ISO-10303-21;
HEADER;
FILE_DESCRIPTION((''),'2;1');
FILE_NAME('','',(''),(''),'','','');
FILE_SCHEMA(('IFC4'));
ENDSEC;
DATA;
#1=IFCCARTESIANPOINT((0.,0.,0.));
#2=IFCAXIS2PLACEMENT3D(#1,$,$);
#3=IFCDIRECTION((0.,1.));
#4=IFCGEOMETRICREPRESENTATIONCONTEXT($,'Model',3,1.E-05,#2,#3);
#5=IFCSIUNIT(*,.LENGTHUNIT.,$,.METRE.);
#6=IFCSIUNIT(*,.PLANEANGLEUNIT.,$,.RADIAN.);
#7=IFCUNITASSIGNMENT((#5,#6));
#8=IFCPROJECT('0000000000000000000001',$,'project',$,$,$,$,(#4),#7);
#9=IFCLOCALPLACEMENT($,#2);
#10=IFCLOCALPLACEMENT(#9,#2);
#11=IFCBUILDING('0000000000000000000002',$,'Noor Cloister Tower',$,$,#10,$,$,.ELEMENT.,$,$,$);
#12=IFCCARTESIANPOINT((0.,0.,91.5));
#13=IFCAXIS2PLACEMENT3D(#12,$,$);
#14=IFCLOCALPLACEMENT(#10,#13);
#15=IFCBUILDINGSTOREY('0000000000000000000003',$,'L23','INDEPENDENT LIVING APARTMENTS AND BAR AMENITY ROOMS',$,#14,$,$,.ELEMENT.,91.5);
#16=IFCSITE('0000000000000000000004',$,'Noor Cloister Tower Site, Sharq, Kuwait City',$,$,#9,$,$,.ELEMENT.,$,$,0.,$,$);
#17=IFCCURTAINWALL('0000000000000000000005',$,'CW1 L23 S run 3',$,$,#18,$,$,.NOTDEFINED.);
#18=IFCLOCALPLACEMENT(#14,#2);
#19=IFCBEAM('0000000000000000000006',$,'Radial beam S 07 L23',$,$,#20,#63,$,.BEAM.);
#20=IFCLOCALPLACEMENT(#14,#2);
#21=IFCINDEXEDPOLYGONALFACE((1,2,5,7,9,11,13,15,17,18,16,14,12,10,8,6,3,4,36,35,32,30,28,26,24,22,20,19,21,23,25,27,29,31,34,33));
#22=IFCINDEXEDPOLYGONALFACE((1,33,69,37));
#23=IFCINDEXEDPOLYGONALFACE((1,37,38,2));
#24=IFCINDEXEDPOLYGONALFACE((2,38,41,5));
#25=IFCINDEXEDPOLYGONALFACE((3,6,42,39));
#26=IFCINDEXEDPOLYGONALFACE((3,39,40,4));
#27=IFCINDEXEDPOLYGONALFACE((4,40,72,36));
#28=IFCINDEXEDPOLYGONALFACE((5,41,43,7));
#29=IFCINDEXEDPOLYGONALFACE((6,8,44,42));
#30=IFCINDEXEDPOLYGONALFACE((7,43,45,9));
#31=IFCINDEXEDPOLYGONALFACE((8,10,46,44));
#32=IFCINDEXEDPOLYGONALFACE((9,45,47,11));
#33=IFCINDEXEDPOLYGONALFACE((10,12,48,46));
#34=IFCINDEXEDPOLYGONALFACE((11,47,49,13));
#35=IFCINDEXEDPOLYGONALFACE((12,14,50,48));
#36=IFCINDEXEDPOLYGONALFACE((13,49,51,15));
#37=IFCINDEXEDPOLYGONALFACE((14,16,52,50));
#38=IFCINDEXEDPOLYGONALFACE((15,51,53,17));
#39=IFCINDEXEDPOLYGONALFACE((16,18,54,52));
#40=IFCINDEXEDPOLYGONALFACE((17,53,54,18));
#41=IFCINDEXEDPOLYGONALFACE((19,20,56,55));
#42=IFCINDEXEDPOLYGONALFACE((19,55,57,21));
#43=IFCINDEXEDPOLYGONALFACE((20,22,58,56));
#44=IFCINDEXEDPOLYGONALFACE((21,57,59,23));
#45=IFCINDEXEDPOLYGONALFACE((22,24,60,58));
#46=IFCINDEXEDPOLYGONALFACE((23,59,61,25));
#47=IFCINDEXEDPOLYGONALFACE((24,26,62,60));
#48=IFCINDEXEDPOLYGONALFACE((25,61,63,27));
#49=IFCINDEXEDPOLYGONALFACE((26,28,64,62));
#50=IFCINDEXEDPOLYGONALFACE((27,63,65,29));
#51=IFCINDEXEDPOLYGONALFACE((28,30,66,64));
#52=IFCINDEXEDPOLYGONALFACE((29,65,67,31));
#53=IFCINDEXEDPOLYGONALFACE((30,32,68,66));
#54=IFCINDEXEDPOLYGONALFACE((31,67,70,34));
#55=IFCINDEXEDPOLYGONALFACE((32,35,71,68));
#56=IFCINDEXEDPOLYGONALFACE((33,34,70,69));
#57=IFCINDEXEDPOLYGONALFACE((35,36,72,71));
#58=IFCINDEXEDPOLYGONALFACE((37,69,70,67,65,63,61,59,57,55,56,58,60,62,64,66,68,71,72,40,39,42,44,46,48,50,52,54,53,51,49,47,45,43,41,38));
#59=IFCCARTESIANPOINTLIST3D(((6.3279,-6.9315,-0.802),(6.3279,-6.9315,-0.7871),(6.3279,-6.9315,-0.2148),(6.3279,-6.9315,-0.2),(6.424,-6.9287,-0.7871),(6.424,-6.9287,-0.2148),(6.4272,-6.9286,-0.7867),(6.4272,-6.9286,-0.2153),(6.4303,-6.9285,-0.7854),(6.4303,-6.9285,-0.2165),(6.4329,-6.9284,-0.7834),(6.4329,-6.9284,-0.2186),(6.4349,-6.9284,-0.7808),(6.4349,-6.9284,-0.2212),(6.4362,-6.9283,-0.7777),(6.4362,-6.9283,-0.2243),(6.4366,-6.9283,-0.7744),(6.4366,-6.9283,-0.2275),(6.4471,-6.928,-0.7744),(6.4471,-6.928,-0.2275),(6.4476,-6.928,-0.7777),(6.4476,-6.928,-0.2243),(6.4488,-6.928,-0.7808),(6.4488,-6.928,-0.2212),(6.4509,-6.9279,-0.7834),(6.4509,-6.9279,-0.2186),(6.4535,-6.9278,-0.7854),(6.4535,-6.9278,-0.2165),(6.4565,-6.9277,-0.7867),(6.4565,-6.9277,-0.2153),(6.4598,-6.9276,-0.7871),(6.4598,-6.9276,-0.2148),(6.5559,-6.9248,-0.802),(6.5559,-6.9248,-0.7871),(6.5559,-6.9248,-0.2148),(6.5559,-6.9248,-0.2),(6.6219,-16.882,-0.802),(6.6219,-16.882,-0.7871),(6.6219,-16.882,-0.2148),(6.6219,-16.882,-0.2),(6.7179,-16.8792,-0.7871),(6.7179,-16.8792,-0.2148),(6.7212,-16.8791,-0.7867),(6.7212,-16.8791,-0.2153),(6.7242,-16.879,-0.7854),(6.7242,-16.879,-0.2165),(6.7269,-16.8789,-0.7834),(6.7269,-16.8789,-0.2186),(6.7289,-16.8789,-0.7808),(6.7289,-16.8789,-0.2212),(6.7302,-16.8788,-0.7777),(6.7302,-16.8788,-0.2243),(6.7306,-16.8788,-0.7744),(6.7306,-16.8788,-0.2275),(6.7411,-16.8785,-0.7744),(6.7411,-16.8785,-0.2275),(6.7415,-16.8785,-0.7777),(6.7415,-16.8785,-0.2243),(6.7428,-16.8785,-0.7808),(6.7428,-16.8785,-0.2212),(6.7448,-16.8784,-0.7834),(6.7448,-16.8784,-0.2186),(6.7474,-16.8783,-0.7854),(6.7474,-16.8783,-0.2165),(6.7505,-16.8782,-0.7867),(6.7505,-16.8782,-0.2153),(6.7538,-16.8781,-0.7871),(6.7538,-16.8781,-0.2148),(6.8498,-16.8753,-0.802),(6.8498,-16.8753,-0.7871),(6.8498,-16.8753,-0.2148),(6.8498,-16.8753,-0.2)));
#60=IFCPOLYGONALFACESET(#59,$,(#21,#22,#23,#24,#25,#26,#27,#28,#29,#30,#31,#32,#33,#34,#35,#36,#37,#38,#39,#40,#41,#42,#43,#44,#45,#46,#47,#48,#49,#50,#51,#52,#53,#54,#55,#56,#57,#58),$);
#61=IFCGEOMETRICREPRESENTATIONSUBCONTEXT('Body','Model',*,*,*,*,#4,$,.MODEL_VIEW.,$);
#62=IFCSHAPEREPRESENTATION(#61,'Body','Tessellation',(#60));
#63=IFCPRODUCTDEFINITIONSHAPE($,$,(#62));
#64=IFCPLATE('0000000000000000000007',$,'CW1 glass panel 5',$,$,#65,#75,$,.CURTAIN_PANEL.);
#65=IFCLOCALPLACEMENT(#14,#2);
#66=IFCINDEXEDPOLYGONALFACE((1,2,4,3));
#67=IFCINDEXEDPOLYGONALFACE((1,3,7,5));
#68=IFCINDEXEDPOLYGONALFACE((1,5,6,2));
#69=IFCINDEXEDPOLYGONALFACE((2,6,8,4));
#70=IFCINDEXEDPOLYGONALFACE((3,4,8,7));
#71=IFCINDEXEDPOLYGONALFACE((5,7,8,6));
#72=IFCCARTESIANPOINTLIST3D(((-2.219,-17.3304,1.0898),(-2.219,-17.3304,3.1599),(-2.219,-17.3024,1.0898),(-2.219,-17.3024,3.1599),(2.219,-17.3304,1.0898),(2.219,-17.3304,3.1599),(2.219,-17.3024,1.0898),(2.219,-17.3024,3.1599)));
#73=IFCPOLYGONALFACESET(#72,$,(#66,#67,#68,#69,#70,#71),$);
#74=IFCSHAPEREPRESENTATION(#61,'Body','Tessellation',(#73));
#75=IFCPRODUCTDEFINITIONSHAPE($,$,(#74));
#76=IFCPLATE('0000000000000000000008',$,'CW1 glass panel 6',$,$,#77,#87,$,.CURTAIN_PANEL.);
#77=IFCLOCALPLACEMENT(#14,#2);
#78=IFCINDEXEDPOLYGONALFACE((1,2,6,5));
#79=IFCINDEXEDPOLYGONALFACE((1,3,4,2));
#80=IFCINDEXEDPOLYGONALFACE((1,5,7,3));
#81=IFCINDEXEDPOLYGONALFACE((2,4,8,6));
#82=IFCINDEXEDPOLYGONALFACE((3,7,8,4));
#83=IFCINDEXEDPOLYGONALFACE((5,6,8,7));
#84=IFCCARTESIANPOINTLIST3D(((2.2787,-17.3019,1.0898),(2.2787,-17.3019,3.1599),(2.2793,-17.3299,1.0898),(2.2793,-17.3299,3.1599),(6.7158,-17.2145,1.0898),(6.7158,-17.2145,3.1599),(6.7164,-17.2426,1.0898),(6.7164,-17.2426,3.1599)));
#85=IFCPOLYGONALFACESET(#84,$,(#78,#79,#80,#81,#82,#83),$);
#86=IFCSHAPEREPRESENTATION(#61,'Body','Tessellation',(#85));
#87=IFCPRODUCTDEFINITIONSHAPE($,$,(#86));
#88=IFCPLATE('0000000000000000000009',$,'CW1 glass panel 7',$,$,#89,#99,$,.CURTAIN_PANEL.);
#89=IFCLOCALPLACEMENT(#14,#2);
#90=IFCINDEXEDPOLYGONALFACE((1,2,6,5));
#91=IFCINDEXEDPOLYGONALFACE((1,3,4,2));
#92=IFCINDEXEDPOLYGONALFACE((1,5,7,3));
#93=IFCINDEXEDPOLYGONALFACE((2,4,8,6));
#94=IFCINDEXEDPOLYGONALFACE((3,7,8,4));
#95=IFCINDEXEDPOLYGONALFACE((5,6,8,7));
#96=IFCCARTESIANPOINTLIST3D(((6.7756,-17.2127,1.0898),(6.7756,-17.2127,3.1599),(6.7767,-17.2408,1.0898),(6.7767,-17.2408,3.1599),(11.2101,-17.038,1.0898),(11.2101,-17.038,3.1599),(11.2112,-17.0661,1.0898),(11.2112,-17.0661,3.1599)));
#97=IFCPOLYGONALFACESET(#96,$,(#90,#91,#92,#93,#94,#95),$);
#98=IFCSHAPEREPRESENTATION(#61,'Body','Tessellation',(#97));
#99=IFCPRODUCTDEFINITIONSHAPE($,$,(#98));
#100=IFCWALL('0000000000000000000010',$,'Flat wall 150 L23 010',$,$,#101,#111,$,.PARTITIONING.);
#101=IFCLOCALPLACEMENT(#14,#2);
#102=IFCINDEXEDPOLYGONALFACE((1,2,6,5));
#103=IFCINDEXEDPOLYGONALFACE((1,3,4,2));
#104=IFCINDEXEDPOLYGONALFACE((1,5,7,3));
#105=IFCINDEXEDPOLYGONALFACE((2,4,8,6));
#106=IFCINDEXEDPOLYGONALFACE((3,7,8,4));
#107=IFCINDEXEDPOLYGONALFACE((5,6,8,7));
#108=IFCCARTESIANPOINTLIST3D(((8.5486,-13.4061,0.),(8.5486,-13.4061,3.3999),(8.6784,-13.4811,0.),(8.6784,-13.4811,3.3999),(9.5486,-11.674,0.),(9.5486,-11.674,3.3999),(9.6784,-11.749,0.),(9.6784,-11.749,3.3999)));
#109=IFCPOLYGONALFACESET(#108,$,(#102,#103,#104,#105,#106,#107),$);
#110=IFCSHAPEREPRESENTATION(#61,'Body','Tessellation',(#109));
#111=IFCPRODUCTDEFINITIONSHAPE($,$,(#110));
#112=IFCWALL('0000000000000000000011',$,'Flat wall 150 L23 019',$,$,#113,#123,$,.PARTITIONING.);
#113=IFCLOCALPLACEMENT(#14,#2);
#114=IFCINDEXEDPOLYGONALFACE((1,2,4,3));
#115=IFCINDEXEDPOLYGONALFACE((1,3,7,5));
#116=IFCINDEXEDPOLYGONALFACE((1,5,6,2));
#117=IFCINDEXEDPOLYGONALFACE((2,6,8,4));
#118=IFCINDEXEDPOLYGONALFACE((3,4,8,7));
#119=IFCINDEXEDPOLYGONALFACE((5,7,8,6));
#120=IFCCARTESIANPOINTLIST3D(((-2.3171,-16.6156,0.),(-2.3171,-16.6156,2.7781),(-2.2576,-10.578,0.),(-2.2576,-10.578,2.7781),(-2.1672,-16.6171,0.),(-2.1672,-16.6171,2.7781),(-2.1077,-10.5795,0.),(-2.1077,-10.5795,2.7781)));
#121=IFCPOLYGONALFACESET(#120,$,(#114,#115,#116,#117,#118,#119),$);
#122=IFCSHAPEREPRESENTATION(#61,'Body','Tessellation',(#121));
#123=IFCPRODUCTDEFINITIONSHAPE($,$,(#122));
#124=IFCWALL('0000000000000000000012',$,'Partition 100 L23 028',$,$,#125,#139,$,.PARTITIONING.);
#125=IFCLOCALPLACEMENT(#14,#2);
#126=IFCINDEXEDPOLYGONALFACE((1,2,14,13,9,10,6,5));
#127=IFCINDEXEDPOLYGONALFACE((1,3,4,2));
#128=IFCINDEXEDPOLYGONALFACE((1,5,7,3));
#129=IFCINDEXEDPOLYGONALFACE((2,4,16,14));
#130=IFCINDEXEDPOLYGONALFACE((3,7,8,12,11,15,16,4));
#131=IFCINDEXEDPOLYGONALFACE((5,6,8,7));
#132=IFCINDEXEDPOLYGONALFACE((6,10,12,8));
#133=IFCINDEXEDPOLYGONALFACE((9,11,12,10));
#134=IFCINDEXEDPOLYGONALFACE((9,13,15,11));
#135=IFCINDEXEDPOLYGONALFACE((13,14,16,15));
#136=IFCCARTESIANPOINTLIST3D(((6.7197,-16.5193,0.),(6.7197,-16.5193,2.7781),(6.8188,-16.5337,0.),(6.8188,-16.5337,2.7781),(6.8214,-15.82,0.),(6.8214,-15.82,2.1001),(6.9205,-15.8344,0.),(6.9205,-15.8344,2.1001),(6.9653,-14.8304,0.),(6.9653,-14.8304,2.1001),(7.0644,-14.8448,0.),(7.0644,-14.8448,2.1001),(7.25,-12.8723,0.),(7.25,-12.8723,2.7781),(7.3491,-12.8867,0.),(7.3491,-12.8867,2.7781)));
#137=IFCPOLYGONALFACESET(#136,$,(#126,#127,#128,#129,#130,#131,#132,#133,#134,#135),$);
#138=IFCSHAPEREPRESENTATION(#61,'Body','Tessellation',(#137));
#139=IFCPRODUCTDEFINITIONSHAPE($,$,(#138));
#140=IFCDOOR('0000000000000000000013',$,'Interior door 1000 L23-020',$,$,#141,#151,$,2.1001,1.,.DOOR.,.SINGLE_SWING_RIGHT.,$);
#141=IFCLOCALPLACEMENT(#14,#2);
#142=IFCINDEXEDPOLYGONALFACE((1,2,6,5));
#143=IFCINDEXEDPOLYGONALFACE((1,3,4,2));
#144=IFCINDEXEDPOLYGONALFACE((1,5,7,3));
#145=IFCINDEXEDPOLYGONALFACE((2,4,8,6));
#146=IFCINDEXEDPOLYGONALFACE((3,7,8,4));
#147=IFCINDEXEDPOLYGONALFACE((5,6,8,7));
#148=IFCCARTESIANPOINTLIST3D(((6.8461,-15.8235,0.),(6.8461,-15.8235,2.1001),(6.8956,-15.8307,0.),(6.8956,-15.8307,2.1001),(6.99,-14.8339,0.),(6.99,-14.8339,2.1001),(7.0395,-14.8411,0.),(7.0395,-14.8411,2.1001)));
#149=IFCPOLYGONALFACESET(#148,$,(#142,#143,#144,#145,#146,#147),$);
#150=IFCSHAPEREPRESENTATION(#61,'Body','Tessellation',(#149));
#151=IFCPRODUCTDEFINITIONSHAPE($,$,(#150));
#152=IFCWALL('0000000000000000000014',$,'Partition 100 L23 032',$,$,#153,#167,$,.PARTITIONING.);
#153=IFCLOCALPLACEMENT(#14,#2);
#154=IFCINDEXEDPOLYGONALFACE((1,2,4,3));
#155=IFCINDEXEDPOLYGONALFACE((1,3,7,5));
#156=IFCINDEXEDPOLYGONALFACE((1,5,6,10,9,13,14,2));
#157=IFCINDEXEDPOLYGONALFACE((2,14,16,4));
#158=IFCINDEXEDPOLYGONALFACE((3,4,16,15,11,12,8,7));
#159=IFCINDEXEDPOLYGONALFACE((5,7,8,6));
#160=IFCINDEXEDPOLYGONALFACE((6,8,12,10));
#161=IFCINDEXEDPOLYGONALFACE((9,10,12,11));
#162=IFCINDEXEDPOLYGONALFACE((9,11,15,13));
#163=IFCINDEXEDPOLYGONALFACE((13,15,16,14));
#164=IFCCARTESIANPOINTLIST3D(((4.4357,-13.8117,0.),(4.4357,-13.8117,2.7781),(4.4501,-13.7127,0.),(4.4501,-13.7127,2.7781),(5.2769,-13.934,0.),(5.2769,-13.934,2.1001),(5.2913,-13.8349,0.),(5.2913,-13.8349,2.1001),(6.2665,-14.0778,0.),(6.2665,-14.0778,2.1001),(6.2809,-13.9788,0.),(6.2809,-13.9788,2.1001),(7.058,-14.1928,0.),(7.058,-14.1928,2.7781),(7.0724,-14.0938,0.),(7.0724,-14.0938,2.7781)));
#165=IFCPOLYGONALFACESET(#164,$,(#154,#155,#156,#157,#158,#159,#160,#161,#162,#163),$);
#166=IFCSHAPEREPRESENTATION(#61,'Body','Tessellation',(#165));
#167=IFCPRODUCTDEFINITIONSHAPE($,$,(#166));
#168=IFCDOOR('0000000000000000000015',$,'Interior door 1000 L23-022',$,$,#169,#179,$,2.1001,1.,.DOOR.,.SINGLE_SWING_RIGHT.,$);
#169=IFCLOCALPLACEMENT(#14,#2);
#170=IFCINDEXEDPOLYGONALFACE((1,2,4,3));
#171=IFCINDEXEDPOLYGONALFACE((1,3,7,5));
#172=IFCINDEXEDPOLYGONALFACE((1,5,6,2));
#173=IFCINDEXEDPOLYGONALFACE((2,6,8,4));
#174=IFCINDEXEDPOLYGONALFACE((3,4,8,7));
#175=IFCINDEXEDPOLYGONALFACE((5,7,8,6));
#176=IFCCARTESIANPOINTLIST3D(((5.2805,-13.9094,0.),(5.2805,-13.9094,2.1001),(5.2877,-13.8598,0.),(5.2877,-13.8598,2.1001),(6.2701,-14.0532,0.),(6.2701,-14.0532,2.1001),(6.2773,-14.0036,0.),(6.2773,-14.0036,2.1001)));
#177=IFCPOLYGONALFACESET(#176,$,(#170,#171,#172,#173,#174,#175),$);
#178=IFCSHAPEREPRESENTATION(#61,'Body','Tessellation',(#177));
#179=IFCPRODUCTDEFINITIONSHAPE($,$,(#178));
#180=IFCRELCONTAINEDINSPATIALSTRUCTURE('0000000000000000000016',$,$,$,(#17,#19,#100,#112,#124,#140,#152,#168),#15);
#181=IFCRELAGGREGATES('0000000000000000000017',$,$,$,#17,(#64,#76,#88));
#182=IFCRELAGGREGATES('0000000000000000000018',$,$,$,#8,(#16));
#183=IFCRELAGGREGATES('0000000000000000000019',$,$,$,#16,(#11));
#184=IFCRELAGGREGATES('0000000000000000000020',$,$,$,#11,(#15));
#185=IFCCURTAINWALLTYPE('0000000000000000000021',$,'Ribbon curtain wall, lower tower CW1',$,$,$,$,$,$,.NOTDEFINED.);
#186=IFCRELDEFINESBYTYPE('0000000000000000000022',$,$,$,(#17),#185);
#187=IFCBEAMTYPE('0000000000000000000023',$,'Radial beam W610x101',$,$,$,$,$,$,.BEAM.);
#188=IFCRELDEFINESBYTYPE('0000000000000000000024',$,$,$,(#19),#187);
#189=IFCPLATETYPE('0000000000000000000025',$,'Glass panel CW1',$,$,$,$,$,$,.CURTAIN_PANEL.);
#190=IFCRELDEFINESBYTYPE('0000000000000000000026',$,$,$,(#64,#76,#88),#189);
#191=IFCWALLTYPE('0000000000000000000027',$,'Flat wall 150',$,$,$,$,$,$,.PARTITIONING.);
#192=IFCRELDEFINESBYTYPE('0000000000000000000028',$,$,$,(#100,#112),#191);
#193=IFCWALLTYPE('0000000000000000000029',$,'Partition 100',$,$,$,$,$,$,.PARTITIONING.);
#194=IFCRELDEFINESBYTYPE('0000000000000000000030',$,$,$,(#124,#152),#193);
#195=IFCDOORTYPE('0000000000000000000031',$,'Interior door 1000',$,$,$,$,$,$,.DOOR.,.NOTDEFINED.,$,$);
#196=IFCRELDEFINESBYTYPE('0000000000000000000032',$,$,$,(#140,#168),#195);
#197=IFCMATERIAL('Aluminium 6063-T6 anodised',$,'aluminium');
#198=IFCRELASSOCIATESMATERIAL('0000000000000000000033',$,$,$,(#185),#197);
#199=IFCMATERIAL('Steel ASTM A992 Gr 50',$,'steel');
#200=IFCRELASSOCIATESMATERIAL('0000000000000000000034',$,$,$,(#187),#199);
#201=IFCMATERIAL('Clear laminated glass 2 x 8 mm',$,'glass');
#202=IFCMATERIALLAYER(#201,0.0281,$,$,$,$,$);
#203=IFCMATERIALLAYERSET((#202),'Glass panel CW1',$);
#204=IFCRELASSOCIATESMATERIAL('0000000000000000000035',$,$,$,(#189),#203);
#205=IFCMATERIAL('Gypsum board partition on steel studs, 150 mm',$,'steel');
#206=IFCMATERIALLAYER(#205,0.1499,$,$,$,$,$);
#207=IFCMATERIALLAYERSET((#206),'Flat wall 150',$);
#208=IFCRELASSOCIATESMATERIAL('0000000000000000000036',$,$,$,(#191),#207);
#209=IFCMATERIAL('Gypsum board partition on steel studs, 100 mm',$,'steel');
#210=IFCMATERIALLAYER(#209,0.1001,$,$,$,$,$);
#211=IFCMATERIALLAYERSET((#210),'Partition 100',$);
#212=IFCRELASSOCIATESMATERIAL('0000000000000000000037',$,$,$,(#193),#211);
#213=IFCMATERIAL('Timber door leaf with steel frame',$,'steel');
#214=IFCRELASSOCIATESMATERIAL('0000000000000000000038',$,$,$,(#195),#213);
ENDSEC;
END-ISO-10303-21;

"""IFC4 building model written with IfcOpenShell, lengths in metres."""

from ifc_helpers import new_model, si_unit, direction, frame, frame_2d, origin, origin_2d, place, context, subcontext, project, spatial, rectangle, i_section, extrude, material, layer, layer_set, material_profile, profile_set, type_object, element, fill, aggregate, save


model = new_model("IFC4")

# Units and contexts
model_context = context("Model", 3, precision=1e-05, world=origin(), true_north=direction((0.0, 1.0)))
body_context = subcontext(model_context, "Body", "Model", "MODEL_VIEW")
ifc_project = project(units=[si_unit("LENGTHUNIT", "METRE"), si_unit("PLANEANGLEUNIT", "RADIAN")], contexts=[model_context])

# Site, building, storey
site_placement = place(None, origin())
site = spatial("IfcSite", under=ifc_project, at=site_placement, Name="Noor Cloister Tower Site, Sharq, Kuwait City", CompositionType="ELEMENT", RefElevation=0.0)
building_placement = place(site_placement, origin())
building = spatial("IfcBuilding", under=site, at=building_placement, Name="Noor Cloister Tower", CompositionType="ELEMENT")
storey_placement = place(building_placement, frame((0.0, 0.0, 91.5)))
storey = spatial("IfcBuildingStorey", under=building, at=storey_placement, Name="L23", Description="INDEPENDENT LIVING APARTMENTS AND BAR AMENITY ROOMS", CompositionType="ELEMENT", Elevation=91.5)

# Curtain wall
ifc_material_1 = material(Name="Aluminium 6063-T6 anodised", Category="aluminium")
curtain_wall_type = type_object("IfcCurtainWallType", Name="Ribbon curtain wall, lower tower CW1", PredefinedType="NOTDEFINED", material=ifc_material_1)
curtain_wall_placement = place(storey_placement, origin())
curtain_wall = element("IfcCurtainWall", 1, at=curtain_wall_placement, inside=storey, type_object=curtain_wall_type, Name="CW1 L23 S run 3", PredefinedType="NOTDEFINED")

# Beam
ifc_material_2 = material(Name="Steel ASTM A992 Gr 50", Category="steel")
ifc_material_profile_1 = material_profile(ifc_material_2, i_section(OverallWidth=0.228, OverallDepth=0.6021, WebThickness=0.0105, FlangeThickness=0.0149, FilletRadius=0.0127, at=origin_2d()), Name="W610x101")
ifc_profile_set_1 = profile_set([ifc_material_profile_1], Name="Steel ASTM A992 Gr 50")
beam_type_1 = type_object("IfcBeamType", Name="Radial beam W610x101", PredefinedType="BEAM", material=ifc_profile_set_1)
beam_1_placement = place(storey_placement, frame((6.7358, -16.8787, -0.501), z_axis=(-0.029528, 0.999564, 0.0), x_axis=(-0.999564, -0.029528, 0.0)))
element("IfcBeam", 2, at=beam_1_placement, inside=storey, type_object=beam_type_1, Name="Radial beam S 07 L23", PredefinedType="BEAM", context=body_context, shape_type="SweptSolid", body=[
    extrude(i_section(OverallWidth=0.228, OverallDepth=0.6021, WebThickness=0.0105, FlangeThickness=0.0149, FilletRadius=0.0127, at=origin_2d()), origin(), (0.0, 0.0, 1.0), 9.9548),
])

# Plates
ifc_material_3 = material(Name="Clear laminated glass 2 x 8 mm", Category="glass")
ifc_layer_1 = layer(ifc_material_3, 0.0281)
ifc_layer_set_1 = layer_set([ifc_layer_1], Name="Glass panel CW1")
plate_type = type_object("IfcPlateType", Name="Glass panel CW1", PredefinedType="CURTAIN_PANEL", material=ifc_layer_set_1)
plate_1_placement = place(storey_placement, frame((0.0, -17.3164, 1.0898), z_axis=(0.0, 0.0, 1.0), x_axis=(1.0, 0.0, 0.0)))
plate_1 = element("IfcPlate", 3, at=plate_1_placement, type_object=plate_type, Name="CW1 glass panel 5", PredefinedType="CURTAIN_PANEL", context=body_context, shape_type="SweptSolid", body=[
    extrude(rectangle(XDim=4.438, YDim=0.0281, at=origin_2d()), origin(), (0.0, 0.0, 1.0), 2.0701),
])
plate_2_placement = place(storey_placement, frame((4.4976, -17.2722, 1.0898), z_axis=(0.0, 0.0, 1.0), x_axis=(0.999806, 0.019682, 0.0)))
plate_2 = element("IfcPlate", 4, at=plate_2_placement, type_object=plate_type, Name="CW1 glass panel 6", PredefinedType="CURTAIN_PANEL", context=body_context, shape_type="SweptSolid", body=[
    extrude(rectangle(XDim=4.438, YDim=0.0281, at=origin_2d()), origin(), (0.0, 0.0, 1.0), 2.0701),
])
plate_3_placement = place(storey_placement, frame((8.9934, -17.1394, 1.0898), z_axis=(0.0, 0.0, 1.0), x_axis=(0.999225, 0.039356, 0.0)))
plate_3 = element("IfcPlate", 5, at=plate_3_placement, type_object=plate_type, Name="CW1 glass panel 7", PredefinedType="CURTAIN_PANEL", context=body_context, shape_type="SweptSolid", body=[
    extrude(rectangle(XDim=4.438, YDim=0.0281, at=origin_2d()), origin(), (0.0, 0.0, 1.0), 2.0701),
])
aggregate(curtain_wall, [plate_1, plate_2, plate_3])

# Walls
ifc_material_4 = material(Name="Gypsum board partition on steel studs, 150 mm", Category="steel")
ifc_layer_2 = layer(ifc_material_4, 0.1499)
ifc_layer_set_2 = layer_set([ifc_layer_2], Name="Flat wall 150")
wall_type_1 = type_object("IfcWallType", Name="Flat wall 150", PredefinedType="PARTITIONING", material=ifc_layer_set_2)
wall_1_placement = place(storey_placement, frame((8.6135, -13.4436, 0.0), z_axis=(0.0, 0.0, 1.0), x_axis=(0.499973, 0.866041, 0.0)))
element("IfcWall", 6, at=wall_1_placement, inside=storey, type_object=wall_type_1, Name="Flat wall 150 L23 010", PredefinedType="PARTITIONING", context=body_context, shape_type="SweptSolid", body=[
    extrude(rectangle(XDim=2.0, YDim=0.1499, at=frame_2d((1.0, 0.0))), origin(), (0.0, 0.0, 1.0), 3.3999),
])
wall_2_placement = place(storey_placement, frame((-2.2422, -16.6165, 0.0), z_axis=(0.0, 0.0, 1.0), x_axis=(0.009866, 0.999951, 0.0)))
element("IfcWall", 7, at=wall_2_placement, inside=storey, type_object=wall_type_1, Name="Flat wall 150 L23 019", PredefinedType="PARTITIONING", context=body_context, shape_type="SweptSolid", body=[
    extrude(rectangle(XDim=6.0378, YDim=0.1499, at=frame_2d((3.019, 0.0))), origin(), (0.0, 0.0, 1.0), 2.7781),
])

# Walls, openings, doors
ifc_material_5 = material(Name="Gypsum board partition on steel studs, 100 mm", Category="steel")
ifc_layer_3 = layer(ifc_material_5, 0.1001)
ifc_layer_set_3 = layer_set([ifc_layer_3], Name="Partition 100")
wall_type_2 = type_object("IfcWallType", Name="Partition 100", PredefinedType="PARTITIONING", material=ifc_layer_set_3)
wall_3_placement = place(storey_placement, frame((7.2996, -12.8794, 0.0), z_axis=(0.0, 0.0, 1.0), x_axis=(-0.143888, -0.989594, 0.0)))
wall_3 = element("IfcWall", 8, at=wall_3_placement, inside=storey, type_object=wall_type_2, Name="Partition 100 L23 028", PredefinedType="PARTITIONING", context=body_context, shape_type="SweptSolid", body=[
    extrude(rectangle(XDim=3.6853, YDim=0.1001, at=frame_2d((1.8428, 0.0))), origin(), (0.0, 0.0, 1.0), 2.7781),
])
opening_1_placement = place(wall_3_placement, frame((1.9788, 0.0, 0.0)))
opening_1 = element("IfcOpeningElement", 9, at=opening_1_placement, cuts=wall_3, PredefinedType="OPENING", context=body_context, shape_type="SweptSolid", body=[
    extrude(rectangle(XDim=1.0, YDim=2.1001, at=frame_2d((0.5, 1.05))), frame((0.0, 0.0601, 0.0), z_axis=(0.0, -1.0, 0.0), x_axis=(1.0, 0.0, 0.0)), (0.0, 0.0, 1.0), 0.1201),
])
ifc_material_6 = material(Name="Timber door leaf with steel frame", Category="steel")
door_type = type_object("IfcDoorType", Name="Interior door 1000", OperationType="NOTDEFINED", PredefinedType="DOOR", material=ifc_material_6)
door_1_placement = place(opening_1_placement, origin())
door_1 = element("IfcDoor", 10, at=door_1_placement, inside=storey, type_object=door_type, Name="Interior door 1000 L23-020", OperationType="SINGLE_SWING_RIGHT", OverallHeight=2.1001, OverallWidth=1.0, PredefinedType="DOOR", context=body_context, shape_type="SweptSolid", body=[
    extrude(rectangle(XDim=1.0, YDim=2.1001, at=frame_2d((0.5, 1.05))), frame((0.0, 0.0249, 0.0), z_axis=(0.0, -1.0, 0.0), x_axis=(1.0, 0.0, 0.0)), (0.0, 0.0, 1.0), 0.05),
])
fill(opening_1, door_1)
wall_4_placement = place(storey_placement, frame((4.4429, -13.7622, 0.0), z_axis=(0.0, 0.0, 1.0), x_axis=(0.989604, -0.14382, 0.0)))
wall_4 = element("IfcWall", 11, at=wall_4_placement, inside=storey, type_object=wall_type_2, Name="Partition 100 L23 032", PredefinedType="PARTITIONING", context=body_context, shape_type="SweptSolid", body=[
    extrude(rectangle(XDim=2.6499, YDim=0.1001, at=frame_2d((1.325, 0.0))), origin(), (0.0, 0.0, 1.0), 2.7781),
])
opening_2_placement = place(wall_4_placement, frame((0.8501, 0.0, 0.0)))
opening_2 = element("IfcOpeningElement", 12, at=opening_2_placement, cuts=wall_4, PredefinedType="OPENING", context=body_context, shape_type="SweptSolid", body=[
    extrude(rectangle(XDim=1.0, YDim=2.1001, at=frame_2d((0.5, 1.05))), frame((0.0, 0.0601, 0.0), z_axis=(0.0, -1.0, 0.0), x_axis=(1.0, 0.0, 0.0)), (0.0, 0.0, 1.0), 0.1201),
])
door_2_placement = place(opening_2_placement, origin())
door_2 = element("IfcDoor", 13, at=door_2_placement, inside=storey, type_object=door_type, Name="Interior door 1000 L23-022", OperationType="SINGLE_SWING_RIGHT", OverallHeight=2.1001, OverallWidth=1.0, PredefinedType="DOOR", context=body_context, shape_type="SweptSolid", body=[
    extrude(rectangle(XDim=1.0, YDim=2.1001, at=frame_2d((0.5, 1.05))), frame((0.0, 0.0249, 0.0), z_axis=(0.0, -1.0, 0.0), x_axis=(1.0, 0.0, 0.0)), (0.0, 0.0, 1.0), 0.05),
])
fill(opening_2, door_2)

save(model, "model.ifc")
